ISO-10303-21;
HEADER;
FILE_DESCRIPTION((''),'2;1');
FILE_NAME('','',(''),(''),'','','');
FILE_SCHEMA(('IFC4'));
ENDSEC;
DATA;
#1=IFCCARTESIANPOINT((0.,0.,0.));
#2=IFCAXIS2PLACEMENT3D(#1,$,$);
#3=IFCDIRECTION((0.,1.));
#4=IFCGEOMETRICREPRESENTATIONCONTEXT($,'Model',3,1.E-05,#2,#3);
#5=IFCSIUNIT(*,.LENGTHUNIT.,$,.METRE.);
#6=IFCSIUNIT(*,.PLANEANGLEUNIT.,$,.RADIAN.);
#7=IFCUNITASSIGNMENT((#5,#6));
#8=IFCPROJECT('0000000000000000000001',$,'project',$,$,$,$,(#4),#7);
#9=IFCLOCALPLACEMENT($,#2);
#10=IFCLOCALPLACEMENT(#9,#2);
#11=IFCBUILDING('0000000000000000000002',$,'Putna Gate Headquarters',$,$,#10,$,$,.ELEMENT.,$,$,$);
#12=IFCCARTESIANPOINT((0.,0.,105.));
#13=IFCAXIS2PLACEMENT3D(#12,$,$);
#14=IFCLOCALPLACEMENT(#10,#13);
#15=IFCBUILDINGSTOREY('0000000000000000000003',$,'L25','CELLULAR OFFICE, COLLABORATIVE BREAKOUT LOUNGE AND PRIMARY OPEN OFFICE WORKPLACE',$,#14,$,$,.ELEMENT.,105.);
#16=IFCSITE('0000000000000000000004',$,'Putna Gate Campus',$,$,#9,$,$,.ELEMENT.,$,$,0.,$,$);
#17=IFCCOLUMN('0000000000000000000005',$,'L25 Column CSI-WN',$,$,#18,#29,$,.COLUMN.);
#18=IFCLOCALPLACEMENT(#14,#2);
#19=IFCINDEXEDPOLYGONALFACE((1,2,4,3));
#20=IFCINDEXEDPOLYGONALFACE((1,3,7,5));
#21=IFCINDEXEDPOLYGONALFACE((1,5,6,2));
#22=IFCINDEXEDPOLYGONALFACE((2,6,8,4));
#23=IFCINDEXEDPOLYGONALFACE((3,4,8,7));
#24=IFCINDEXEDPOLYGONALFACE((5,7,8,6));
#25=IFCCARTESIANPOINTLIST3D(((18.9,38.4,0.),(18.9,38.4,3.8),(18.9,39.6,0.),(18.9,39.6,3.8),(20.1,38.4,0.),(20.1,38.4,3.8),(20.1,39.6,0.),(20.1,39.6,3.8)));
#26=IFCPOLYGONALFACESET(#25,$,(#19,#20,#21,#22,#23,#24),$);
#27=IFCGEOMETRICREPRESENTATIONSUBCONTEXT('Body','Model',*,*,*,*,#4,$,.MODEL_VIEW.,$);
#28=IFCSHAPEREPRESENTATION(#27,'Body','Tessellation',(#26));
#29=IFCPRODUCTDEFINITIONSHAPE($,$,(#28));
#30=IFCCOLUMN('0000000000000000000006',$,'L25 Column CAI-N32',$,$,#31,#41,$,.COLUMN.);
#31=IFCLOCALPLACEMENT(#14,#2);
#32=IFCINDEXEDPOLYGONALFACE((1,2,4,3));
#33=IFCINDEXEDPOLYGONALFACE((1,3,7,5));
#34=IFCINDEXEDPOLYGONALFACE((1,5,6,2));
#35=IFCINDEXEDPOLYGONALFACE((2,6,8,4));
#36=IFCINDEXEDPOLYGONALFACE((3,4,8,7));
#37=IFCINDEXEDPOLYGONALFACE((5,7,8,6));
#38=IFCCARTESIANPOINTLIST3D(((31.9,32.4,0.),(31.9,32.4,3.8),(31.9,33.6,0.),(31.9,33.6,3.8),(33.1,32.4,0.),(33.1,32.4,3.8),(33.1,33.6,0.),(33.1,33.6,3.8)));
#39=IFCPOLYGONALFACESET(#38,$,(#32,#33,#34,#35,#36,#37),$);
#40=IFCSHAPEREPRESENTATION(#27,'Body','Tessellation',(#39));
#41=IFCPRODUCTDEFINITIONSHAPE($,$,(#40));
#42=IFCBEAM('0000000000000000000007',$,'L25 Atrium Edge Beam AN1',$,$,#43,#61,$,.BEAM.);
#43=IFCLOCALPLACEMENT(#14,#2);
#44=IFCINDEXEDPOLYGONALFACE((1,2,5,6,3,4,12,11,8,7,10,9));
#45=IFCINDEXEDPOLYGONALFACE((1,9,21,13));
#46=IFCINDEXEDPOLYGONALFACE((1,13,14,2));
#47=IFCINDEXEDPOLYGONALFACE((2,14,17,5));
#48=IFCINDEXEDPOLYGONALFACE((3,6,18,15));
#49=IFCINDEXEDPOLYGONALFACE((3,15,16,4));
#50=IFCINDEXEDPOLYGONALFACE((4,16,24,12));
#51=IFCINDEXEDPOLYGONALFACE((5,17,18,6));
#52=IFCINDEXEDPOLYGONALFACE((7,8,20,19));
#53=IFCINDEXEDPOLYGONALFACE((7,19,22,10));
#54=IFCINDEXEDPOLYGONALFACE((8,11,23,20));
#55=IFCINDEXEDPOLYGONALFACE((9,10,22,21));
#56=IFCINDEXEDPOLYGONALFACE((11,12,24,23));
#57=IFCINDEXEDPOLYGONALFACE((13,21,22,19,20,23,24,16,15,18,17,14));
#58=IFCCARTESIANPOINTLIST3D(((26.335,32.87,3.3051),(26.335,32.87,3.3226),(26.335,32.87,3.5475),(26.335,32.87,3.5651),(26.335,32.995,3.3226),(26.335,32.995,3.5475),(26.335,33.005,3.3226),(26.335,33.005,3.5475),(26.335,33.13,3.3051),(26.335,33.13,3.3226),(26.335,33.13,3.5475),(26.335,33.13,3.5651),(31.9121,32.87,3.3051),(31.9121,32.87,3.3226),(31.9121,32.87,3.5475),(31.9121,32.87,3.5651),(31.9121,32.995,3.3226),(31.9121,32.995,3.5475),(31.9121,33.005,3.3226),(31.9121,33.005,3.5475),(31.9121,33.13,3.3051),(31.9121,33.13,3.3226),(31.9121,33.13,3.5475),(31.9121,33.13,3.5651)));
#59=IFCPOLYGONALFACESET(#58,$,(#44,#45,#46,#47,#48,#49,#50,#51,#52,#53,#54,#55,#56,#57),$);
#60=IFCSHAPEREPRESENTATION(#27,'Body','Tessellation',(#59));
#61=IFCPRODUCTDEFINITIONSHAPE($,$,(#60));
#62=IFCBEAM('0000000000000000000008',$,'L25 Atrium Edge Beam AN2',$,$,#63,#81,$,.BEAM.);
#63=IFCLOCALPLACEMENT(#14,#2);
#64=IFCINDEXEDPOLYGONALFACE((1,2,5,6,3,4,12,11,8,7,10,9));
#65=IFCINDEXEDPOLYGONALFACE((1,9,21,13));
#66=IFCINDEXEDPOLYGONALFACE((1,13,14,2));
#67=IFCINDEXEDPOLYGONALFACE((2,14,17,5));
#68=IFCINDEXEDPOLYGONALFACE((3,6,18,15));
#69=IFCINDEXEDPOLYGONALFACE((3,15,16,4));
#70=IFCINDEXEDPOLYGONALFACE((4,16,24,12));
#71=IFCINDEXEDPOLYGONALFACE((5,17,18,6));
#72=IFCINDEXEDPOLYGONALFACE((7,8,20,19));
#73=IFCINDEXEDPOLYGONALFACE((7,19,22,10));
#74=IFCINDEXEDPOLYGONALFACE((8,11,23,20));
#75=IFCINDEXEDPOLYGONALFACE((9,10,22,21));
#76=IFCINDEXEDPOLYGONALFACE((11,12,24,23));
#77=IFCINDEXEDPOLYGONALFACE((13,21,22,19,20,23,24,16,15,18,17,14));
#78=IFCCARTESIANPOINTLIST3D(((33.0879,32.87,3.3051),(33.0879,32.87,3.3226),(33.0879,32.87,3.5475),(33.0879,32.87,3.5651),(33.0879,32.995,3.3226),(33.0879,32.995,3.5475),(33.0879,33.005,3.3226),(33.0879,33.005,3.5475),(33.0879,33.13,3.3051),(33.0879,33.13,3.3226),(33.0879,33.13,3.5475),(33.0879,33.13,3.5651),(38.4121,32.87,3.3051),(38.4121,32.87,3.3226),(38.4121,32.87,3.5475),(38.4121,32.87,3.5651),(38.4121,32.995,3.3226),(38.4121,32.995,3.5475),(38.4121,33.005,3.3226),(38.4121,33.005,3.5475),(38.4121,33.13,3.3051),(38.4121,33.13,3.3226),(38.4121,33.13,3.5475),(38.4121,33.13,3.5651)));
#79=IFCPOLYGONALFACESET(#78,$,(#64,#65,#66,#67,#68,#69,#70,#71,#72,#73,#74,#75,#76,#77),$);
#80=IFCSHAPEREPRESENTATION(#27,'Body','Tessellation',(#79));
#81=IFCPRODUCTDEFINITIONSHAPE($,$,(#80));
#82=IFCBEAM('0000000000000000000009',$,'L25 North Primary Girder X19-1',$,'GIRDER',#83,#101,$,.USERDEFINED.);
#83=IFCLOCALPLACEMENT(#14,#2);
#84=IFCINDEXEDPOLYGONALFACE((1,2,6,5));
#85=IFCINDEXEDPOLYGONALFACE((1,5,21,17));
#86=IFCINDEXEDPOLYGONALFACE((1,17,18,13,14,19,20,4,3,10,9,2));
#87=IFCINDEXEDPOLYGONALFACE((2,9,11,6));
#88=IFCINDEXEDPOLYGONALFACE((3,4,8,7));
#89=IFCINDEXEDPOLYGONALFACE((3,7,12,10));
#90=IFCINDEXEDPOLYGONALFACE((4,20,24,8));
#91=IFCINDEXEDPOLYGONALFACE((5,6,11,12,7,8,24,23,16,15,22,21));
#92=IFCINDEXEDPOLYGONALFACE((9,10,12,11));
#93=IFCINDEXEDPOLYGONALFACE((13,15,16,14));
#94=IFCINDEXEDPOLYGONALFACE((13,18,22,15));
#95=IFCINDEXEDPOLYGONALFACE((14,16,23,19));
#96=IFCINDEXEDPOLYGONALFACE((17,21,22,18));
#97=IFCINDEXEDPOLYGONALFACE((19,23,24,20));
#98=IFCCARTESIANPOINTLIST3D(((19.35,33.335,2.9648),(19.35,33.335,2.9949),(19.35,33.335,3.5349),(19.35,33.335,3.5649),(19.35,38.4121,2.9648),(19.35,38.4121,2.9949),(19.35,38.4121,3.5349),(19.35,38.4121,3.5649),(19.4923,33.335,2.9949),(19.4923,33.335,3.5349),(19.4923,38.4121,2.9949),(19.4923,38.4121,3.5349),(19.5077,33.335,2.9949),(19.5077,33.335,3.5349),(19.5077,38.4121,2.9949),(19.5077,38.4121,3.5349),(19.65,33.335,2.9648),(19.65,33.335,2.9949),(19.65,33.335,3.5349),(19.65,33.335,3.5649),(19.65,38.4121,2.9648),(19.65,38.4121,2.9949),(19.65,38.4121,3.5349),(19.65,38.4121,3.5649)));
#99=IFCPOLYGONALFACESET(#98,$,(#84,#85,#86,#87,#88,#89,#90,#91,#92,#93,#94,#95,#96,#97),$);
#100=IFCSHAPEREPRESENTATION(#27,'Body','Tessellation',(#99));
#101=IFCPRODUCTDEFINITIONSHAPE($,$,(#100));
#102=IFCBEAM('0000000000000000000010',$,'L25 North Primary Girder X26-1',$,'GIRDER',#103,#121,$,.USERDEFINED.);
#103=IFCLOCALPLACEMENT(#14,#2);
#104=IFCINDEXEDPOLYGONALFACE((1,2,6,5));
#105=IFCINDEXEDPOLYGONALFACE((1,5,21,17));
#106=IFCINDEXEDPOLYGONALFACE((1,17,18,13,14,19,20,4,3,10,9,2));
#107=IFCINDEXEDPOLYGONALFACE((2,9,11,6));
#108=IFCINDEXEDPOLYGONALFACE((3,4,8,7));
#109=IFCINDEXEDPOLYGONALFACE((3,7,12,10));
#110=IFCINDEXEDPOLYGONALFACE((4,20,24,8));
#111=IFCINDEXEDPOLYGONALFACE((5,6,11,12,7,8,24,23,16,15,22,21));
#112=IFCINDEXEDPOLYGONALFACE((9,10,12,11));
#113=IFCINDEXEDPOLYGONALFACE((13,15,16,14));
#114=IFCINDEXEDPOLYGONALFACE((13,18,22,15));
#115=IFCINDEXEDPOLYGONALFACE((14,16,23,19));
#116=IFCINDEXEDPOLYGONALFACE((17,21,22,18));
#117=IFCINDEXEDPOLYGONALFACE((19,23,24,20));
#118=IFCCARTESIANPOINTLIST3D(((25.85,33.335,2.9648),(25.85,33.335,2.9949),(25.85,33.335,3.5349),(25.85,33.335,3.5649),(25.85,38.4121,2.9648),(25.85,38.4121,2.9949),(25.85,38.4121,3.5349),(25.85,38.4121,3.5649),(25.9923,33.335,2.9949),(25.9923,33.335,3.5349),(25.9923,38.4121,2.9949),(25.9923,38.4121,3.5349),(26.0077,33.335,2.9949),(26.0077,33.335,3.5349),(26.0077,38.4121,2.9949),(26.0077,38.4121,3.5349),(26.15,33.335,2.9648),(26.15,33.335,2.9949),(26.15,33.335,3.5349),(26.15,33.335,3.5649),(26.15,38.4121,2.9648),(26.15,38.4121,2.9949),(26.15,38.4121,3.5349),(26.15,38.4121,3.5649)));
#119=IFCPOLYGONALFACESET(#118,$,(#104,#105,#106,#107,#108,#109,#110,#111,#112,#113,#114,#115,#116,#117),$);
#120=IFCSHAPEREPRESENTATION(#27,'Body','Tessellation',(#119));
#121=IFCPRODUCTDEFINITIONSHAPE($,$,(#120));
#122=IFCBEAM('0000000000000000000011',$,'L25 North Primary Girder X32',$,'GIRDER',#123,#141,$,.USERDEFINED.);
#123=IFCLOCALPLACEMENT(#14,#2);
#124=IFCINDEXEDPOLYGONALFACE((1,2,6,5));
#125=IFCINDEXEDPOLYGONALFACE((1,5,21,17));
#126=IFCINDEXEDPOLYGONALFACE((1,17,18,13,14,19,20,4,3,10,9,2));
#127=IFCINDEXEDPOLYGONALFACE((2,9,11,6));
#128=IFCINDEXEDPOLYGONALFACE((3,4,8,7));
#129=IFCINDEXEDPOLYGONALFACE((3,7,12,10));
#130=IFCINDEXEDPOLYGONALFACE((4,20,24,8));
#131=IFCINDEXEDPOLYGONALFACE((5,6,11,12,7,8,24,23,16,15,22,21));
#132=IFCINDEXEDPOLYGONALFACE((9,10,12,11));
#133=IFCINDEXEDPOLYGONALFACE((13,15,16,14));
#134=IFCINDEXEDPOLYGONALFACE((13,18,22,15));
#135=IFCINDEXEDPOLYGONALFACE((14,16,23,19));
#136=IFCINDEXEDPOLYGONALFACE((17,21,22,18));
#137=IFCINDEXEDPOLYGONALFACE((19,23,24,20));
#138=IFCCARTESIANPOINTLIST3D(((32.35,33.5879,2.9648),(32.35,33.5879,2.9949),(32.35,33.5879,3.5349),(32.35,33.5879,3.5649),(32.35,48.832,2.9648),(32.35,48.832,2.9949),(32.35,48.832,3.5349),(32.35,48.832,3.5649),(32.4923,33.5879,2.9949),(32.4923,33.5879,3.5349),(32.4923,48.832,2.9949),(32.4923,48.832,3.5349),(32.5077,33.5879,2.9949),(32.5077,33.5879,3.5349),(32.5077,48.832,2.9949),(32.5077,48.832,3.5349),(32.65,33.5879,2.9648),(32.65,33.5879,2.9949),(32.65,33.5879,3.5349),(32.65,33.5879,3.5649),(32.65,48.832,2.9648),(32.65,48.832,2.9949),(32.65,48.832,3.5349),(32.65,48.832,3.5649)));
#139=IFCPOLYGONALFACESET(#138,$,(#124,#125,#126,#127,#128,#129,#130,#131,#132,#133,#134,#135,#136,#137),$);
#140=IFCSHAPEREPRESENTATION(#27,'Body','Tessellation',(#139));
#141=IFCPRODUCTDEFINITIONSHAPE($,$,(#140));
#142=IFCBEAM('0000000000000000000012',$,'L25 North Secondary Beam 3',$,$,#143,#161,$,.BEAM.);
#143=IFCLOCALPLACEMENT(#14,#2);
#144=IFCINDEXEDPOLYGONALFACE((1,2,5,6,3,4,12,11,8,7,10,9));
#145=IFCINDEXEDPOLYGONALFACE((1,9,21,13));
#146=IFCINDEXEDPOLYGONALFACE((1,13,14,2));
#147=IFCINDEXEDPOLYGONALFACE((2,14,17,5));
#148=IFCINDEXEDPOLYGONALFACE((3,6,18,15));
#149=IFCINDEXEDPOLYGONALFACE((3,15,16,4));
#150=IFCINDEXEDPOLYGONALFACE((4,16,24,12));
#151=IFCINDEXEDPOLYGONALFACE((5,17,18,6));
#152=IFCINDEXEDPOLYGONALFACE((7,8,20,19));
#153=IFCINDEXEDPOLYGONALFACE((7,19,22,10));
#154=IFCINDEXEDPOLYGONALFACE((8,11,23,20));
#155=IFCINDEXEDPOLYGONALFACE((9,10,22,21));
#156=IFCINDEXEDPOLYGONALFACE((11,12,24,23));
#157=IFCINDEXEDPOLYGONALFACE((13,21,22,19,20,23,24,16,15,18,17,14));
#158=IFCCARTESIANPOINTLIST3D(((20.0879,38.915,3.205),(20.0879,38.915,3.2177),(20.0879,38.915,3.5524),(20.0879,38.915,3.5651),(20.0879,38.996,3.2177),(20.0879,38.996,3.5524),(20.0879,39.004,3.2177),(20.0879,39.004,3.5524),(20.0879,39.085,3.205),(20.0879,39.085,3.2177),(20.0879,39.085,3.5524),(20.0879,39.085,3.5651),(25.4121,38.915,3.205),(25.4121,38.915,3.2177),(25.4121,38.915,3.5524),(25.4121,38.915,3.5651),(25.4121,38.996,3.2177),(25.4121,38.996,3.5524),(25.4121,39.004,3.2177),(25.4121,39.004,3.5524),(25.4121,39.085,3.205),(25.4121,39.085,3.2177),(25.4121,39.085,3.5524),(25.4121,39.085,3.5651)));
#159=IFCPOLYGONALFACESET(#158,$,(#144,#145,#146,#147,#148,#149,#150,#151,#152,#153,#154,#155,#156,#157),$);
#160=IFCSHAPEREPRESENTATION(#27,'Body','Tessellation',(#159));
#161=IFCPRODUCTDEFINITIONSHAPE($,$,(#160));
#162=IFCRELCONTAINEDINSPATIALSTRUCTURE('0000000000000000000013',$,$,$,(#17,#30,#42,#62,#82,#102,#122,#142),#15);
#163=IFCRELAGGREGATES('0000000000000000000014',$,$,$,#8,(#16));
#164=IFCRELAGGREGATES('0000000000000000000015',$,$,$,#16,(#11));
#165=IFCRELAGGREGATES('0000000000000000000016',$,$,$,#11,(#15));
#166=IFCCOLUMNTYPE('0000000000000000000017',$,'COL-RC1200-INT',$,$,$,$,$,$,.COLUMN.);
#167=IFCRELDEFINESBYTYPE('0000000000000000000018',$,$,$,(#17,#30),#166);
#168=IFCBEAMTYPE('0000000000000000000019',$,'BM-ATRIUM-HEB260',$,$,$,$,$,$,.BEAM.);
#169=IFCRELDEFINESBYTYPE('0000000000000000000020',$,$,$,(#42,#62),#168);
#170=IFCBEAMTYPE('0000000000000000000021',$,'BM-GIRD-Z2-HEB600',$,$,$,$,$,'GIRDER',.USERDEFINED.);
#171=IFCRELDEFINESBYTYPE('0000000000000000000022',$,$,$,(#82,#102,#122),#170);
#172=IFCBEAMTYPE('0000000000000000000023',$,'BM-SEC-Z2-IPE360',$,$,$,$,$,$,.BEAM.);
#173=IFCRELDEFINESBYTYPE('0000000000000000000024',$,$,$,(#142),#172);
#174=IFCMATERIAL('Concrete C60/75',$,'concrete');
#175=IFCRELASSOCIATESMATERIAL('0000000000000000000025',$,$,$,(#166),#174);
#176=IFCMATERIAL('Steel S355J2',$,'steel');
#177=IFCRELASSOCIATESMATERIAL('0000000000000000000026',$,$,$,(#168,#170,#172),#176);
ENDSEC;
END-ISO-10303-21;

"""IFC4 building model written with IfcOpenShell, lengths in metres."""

from ifc_helpers import new_model, si_unit, direction, frame, origin, origin_2d, place, context, subcontext, project, spatial, rectangle, i_section, extrude, material, material_profile, profile_set, type_object, element, save


model = new_model("IFC4")

# Units and contexts
model_context = context("Model", 3, precision=1e-05, world=origin(), true_north=direction((0.0, 1.0)))
body_context = subcontext(model_context, "Body", "Model", "MODEL_VIEW")
ifc_project = project(units=[si_unit("LENGTHUNIT", "METRE"), si_unit("PLANEANGLEUNIT", "RADIAN")], contexts=[model_context])

# Site, building, storey
site_placement = place(None, origin())
site = spatial("IfcSite", under=ifc_project, at=site_placement, Name="Putna Gate Campus", CompositionType="ELEMENT", RefElevation=0.0)
building_placement = place(site_placement, origin())
building = spatial("IfcBuilding", under=site, at=building_placement, Name="Putna Gate Headquarters", CompositionType="ELEMENT")
storey_placement = place(building_placement, frame((0.0, 0.0, 105.0)))
storey = spatial("IfcBuildingStorey", under=building, at=storey_placement, Name="L25", Description="CELLULAR OFFICE, COLLABORATIVE BREAKOUT LOUNGE AND PRIMARY OPEN OFFICE WORKPLACE", CompositionType="ELEMENT", Elevation=105.0)

# Columns
ifc_material_1 = material(Name="Concrete C60/75", Category="concrete")
ifc_material_profile_1 = material_profile(ifc_material_1, rectangle(XDim=1.2, YDim=1.2, at=origin_2d()), Name="Concrete C60/75")
ifc_profile_set_1 = profile_set([ifc_material_profile_1], Name="Concrete C60/75")
column_type = type_object("IfcColumnType", Name="COL-RC1200-INT", PredefinedType="COLUMN", material=ifc_profile_set_1)
for number, where, z_axis, x_axis, name in (
    (1, (19.5, 39.0, 0.0), (0.0, 0.0, 1.0), (1.0, 0.0, 0.0), "L25 Column CSI-WN"),
    (2, (32.5, 33.0, 0.0), (0.0, 0.0, 1.0), (1.0, 0.0, 0.0), "L25 Column CAI-N32"),
):
    element("IfcColumn", number, at=place(storey_placement, frame(where, z_axis=z_axis, x_axis=x_axis)), inside=storey, type_object=column_type, Name=name, PredefinedType="COLUMN", context=body_context, shape_type="SweptSolid", body=[
        extrude(rectangle(XDim=1.2, YDim=1.2, at=origin_2d()), origin(), (0.0, 0.0, 1.0), 3.8),
    ])

# Beams
ifc_material_2 = material(Name="Steel S355J2", Category="steel")
ifc_material_profile_2 = material_profile(ifc_material_2, i_section(OverallWidth=0.26, OverallDepth=0.26, WebThickness=0.01, FlangeThickness=0.0176, at=origin_2d()), Name="Steel S355J2")
ifc_profile_set_2 = profile_set([ifc_material_profile_2], Name="Steel S355J2")
beam_type_1 = type_object("IfcBeamType", Name="BM-ATRIUM-HEB260", PredefinedType="BEAM", material=ifc_profile_set_2)
beam_1_placement = place(storey_placement, frame((26.335, 33.0, 3.4351), z_axis=(1.0, 0.0, 0.0), x_axis=(0.0, 1.0, 0.0)))
element("IfcBeam", 3, at=beam_1_placement, inside=storey, type_object=beam_type_1, Name="L25 Atrium Edge Beam AN1", PredefinedType="BEAM", context=body_context, shape_type="SweptSolid", body=[
    extrude(i_section(OverallWidth=0.26, OverallDepth=0.26, WebThickness=0.01, FlangeThickness=0.0176, at=origin_2d()), origin(), (0.0, 0.0, 1.0), 5.5771),
])
beam_2_placement = place(storey_placement, frame((33.0879, 33.0, 3.4351), z_axis=(1.0, 0.0, 0.0), x_axis=(0.0, 1.0, 0.0)))
element("IfcBeam", 4, at=beam_2_placement, inside=storey, type_object=beam_type_1, Name="L25 Atrium Edge Beam AN2", PredefinedType="BEAM", context=body_context, shape_type="SweptSolid", body=[
    extrude(i_section(OverallWidth=0.26, OverallDepth=0.26, WebThickness=0.01, FlangeThickness=0.0176, at=origin_2d()), origin(), (0.0, 0.0, 1.0), 5.3242),
])
ifc_material_profile_3 = material_profile(ifc_material_2, i_section(OverallWidth=0.3, OverallDepth=0.6001, WebThickness=0.0154, FlangeThickness=0.03, at=origin_2d()), Name="Steel S355J2")
ifc_profile_set_3 = profile_set([ifc_material_profile_3], Name="Steel S355J2")
beam_type_2 = type_object("IfcBeamType", Name="BM-GIRD-Z2-HEB600", ElementType="GIRDER", PredefinedType="USERDEFINED", material=ifc_profile_set_3)
for number, where, z_axis, x_axis, name in (
    (5, (19.5, 33.335, 3.2649), (0.0, 1.0, 0.0), (-1.0, 0.0, 0.0), "L25 North Primary Girder X19-1"),
    (6, (26.0, 33.335, 3.2649), (0.0, 1.0, 0.0), (-1.0, 0.0, 0.0), "L25 North Primary Girder X26-1"),
):
    element("IfcBeam", number, at=place(storey_placement, frame(where, z_axis=z_axis, x_axis=x_axis)), inside=storey, type_object=beam_type_2, Name=name, ObjectType="GIRDER", PredefinedType="USERDEFINED", context=body_context, shape_type="SweptSolid", body=[
        extrude(i_section(OverallWidth=0.3, OverallDepth=0.6001, WebThickness=0.0154, FlangeThickness=0.03, at=origin_2d()), origin(), (0.0, 0.0, 1.0), 5.0771),
    ])
beam_3_placement = place(storey_placement, frame((32.5, 33.5879, 3.2649), z_axis=(0.0, 1.0, 0.0), x_axis=(-1.0, 0.0, 0.0)))
element("IfcBeam", 7, at=beam_3_placement, inside=storey, type_object=beam_type_2, Name="L25 North Primary Girder X32", ObjectType="GIRDER", PredefinedType="USERDEFINED", context=body_context, shape_type="SweptSolid", body=[
    extrude(i_section(OverallWidth=0.3, OverallDepth=0.6001, WebThickness=0.0154, FlangeThickness=0.03, at=origin_2d()), origin(), (0.0, 0.0, 1.0), 15.2441),
])
ifc_material_profile_4 = material_profile(ifc_material_2, i_section(OverallWidth=0.1699, OverallDepth=0.3601, WebThickness=0.0081, FlangeThickness=0.0127, at=origin_2d()), Name="Steel S355J2")
ifc_profile_set_4 = profile_set([ifc_material_profile_4], Name="Steel S355J2")
beam_type_3 = type_object("IfcBeamType", Name="BM-SEC-Z2-IPE360", PredefinedType="BEAM", material=ifc_profile_set_4)
beam_4_placement = place(storey_placement, frame((20.0879, 39.0, 3.385), z_axis=(1.0, 0.0, 0.0), x_axis=(0.0, 1.0, 0.0)))
element("IfcBeam", 8, at=beam_4_placement, inside=storey, type_object=beam_type_3, Name="L25 North Secondary Beam 3", PredefinedType="BEAM", context=body_context, shape_type="SweptSolid", body=[
    extrude(i_section(OverallWidth=0.1699, OverallDepth=0.3601, WebThickness=0.0081, FlangeThickness=0.0127, at=origin_2d()), origin(), (0.0, 0.0, 1.0), 5.3242),
])

save(model, "model.ifc")
